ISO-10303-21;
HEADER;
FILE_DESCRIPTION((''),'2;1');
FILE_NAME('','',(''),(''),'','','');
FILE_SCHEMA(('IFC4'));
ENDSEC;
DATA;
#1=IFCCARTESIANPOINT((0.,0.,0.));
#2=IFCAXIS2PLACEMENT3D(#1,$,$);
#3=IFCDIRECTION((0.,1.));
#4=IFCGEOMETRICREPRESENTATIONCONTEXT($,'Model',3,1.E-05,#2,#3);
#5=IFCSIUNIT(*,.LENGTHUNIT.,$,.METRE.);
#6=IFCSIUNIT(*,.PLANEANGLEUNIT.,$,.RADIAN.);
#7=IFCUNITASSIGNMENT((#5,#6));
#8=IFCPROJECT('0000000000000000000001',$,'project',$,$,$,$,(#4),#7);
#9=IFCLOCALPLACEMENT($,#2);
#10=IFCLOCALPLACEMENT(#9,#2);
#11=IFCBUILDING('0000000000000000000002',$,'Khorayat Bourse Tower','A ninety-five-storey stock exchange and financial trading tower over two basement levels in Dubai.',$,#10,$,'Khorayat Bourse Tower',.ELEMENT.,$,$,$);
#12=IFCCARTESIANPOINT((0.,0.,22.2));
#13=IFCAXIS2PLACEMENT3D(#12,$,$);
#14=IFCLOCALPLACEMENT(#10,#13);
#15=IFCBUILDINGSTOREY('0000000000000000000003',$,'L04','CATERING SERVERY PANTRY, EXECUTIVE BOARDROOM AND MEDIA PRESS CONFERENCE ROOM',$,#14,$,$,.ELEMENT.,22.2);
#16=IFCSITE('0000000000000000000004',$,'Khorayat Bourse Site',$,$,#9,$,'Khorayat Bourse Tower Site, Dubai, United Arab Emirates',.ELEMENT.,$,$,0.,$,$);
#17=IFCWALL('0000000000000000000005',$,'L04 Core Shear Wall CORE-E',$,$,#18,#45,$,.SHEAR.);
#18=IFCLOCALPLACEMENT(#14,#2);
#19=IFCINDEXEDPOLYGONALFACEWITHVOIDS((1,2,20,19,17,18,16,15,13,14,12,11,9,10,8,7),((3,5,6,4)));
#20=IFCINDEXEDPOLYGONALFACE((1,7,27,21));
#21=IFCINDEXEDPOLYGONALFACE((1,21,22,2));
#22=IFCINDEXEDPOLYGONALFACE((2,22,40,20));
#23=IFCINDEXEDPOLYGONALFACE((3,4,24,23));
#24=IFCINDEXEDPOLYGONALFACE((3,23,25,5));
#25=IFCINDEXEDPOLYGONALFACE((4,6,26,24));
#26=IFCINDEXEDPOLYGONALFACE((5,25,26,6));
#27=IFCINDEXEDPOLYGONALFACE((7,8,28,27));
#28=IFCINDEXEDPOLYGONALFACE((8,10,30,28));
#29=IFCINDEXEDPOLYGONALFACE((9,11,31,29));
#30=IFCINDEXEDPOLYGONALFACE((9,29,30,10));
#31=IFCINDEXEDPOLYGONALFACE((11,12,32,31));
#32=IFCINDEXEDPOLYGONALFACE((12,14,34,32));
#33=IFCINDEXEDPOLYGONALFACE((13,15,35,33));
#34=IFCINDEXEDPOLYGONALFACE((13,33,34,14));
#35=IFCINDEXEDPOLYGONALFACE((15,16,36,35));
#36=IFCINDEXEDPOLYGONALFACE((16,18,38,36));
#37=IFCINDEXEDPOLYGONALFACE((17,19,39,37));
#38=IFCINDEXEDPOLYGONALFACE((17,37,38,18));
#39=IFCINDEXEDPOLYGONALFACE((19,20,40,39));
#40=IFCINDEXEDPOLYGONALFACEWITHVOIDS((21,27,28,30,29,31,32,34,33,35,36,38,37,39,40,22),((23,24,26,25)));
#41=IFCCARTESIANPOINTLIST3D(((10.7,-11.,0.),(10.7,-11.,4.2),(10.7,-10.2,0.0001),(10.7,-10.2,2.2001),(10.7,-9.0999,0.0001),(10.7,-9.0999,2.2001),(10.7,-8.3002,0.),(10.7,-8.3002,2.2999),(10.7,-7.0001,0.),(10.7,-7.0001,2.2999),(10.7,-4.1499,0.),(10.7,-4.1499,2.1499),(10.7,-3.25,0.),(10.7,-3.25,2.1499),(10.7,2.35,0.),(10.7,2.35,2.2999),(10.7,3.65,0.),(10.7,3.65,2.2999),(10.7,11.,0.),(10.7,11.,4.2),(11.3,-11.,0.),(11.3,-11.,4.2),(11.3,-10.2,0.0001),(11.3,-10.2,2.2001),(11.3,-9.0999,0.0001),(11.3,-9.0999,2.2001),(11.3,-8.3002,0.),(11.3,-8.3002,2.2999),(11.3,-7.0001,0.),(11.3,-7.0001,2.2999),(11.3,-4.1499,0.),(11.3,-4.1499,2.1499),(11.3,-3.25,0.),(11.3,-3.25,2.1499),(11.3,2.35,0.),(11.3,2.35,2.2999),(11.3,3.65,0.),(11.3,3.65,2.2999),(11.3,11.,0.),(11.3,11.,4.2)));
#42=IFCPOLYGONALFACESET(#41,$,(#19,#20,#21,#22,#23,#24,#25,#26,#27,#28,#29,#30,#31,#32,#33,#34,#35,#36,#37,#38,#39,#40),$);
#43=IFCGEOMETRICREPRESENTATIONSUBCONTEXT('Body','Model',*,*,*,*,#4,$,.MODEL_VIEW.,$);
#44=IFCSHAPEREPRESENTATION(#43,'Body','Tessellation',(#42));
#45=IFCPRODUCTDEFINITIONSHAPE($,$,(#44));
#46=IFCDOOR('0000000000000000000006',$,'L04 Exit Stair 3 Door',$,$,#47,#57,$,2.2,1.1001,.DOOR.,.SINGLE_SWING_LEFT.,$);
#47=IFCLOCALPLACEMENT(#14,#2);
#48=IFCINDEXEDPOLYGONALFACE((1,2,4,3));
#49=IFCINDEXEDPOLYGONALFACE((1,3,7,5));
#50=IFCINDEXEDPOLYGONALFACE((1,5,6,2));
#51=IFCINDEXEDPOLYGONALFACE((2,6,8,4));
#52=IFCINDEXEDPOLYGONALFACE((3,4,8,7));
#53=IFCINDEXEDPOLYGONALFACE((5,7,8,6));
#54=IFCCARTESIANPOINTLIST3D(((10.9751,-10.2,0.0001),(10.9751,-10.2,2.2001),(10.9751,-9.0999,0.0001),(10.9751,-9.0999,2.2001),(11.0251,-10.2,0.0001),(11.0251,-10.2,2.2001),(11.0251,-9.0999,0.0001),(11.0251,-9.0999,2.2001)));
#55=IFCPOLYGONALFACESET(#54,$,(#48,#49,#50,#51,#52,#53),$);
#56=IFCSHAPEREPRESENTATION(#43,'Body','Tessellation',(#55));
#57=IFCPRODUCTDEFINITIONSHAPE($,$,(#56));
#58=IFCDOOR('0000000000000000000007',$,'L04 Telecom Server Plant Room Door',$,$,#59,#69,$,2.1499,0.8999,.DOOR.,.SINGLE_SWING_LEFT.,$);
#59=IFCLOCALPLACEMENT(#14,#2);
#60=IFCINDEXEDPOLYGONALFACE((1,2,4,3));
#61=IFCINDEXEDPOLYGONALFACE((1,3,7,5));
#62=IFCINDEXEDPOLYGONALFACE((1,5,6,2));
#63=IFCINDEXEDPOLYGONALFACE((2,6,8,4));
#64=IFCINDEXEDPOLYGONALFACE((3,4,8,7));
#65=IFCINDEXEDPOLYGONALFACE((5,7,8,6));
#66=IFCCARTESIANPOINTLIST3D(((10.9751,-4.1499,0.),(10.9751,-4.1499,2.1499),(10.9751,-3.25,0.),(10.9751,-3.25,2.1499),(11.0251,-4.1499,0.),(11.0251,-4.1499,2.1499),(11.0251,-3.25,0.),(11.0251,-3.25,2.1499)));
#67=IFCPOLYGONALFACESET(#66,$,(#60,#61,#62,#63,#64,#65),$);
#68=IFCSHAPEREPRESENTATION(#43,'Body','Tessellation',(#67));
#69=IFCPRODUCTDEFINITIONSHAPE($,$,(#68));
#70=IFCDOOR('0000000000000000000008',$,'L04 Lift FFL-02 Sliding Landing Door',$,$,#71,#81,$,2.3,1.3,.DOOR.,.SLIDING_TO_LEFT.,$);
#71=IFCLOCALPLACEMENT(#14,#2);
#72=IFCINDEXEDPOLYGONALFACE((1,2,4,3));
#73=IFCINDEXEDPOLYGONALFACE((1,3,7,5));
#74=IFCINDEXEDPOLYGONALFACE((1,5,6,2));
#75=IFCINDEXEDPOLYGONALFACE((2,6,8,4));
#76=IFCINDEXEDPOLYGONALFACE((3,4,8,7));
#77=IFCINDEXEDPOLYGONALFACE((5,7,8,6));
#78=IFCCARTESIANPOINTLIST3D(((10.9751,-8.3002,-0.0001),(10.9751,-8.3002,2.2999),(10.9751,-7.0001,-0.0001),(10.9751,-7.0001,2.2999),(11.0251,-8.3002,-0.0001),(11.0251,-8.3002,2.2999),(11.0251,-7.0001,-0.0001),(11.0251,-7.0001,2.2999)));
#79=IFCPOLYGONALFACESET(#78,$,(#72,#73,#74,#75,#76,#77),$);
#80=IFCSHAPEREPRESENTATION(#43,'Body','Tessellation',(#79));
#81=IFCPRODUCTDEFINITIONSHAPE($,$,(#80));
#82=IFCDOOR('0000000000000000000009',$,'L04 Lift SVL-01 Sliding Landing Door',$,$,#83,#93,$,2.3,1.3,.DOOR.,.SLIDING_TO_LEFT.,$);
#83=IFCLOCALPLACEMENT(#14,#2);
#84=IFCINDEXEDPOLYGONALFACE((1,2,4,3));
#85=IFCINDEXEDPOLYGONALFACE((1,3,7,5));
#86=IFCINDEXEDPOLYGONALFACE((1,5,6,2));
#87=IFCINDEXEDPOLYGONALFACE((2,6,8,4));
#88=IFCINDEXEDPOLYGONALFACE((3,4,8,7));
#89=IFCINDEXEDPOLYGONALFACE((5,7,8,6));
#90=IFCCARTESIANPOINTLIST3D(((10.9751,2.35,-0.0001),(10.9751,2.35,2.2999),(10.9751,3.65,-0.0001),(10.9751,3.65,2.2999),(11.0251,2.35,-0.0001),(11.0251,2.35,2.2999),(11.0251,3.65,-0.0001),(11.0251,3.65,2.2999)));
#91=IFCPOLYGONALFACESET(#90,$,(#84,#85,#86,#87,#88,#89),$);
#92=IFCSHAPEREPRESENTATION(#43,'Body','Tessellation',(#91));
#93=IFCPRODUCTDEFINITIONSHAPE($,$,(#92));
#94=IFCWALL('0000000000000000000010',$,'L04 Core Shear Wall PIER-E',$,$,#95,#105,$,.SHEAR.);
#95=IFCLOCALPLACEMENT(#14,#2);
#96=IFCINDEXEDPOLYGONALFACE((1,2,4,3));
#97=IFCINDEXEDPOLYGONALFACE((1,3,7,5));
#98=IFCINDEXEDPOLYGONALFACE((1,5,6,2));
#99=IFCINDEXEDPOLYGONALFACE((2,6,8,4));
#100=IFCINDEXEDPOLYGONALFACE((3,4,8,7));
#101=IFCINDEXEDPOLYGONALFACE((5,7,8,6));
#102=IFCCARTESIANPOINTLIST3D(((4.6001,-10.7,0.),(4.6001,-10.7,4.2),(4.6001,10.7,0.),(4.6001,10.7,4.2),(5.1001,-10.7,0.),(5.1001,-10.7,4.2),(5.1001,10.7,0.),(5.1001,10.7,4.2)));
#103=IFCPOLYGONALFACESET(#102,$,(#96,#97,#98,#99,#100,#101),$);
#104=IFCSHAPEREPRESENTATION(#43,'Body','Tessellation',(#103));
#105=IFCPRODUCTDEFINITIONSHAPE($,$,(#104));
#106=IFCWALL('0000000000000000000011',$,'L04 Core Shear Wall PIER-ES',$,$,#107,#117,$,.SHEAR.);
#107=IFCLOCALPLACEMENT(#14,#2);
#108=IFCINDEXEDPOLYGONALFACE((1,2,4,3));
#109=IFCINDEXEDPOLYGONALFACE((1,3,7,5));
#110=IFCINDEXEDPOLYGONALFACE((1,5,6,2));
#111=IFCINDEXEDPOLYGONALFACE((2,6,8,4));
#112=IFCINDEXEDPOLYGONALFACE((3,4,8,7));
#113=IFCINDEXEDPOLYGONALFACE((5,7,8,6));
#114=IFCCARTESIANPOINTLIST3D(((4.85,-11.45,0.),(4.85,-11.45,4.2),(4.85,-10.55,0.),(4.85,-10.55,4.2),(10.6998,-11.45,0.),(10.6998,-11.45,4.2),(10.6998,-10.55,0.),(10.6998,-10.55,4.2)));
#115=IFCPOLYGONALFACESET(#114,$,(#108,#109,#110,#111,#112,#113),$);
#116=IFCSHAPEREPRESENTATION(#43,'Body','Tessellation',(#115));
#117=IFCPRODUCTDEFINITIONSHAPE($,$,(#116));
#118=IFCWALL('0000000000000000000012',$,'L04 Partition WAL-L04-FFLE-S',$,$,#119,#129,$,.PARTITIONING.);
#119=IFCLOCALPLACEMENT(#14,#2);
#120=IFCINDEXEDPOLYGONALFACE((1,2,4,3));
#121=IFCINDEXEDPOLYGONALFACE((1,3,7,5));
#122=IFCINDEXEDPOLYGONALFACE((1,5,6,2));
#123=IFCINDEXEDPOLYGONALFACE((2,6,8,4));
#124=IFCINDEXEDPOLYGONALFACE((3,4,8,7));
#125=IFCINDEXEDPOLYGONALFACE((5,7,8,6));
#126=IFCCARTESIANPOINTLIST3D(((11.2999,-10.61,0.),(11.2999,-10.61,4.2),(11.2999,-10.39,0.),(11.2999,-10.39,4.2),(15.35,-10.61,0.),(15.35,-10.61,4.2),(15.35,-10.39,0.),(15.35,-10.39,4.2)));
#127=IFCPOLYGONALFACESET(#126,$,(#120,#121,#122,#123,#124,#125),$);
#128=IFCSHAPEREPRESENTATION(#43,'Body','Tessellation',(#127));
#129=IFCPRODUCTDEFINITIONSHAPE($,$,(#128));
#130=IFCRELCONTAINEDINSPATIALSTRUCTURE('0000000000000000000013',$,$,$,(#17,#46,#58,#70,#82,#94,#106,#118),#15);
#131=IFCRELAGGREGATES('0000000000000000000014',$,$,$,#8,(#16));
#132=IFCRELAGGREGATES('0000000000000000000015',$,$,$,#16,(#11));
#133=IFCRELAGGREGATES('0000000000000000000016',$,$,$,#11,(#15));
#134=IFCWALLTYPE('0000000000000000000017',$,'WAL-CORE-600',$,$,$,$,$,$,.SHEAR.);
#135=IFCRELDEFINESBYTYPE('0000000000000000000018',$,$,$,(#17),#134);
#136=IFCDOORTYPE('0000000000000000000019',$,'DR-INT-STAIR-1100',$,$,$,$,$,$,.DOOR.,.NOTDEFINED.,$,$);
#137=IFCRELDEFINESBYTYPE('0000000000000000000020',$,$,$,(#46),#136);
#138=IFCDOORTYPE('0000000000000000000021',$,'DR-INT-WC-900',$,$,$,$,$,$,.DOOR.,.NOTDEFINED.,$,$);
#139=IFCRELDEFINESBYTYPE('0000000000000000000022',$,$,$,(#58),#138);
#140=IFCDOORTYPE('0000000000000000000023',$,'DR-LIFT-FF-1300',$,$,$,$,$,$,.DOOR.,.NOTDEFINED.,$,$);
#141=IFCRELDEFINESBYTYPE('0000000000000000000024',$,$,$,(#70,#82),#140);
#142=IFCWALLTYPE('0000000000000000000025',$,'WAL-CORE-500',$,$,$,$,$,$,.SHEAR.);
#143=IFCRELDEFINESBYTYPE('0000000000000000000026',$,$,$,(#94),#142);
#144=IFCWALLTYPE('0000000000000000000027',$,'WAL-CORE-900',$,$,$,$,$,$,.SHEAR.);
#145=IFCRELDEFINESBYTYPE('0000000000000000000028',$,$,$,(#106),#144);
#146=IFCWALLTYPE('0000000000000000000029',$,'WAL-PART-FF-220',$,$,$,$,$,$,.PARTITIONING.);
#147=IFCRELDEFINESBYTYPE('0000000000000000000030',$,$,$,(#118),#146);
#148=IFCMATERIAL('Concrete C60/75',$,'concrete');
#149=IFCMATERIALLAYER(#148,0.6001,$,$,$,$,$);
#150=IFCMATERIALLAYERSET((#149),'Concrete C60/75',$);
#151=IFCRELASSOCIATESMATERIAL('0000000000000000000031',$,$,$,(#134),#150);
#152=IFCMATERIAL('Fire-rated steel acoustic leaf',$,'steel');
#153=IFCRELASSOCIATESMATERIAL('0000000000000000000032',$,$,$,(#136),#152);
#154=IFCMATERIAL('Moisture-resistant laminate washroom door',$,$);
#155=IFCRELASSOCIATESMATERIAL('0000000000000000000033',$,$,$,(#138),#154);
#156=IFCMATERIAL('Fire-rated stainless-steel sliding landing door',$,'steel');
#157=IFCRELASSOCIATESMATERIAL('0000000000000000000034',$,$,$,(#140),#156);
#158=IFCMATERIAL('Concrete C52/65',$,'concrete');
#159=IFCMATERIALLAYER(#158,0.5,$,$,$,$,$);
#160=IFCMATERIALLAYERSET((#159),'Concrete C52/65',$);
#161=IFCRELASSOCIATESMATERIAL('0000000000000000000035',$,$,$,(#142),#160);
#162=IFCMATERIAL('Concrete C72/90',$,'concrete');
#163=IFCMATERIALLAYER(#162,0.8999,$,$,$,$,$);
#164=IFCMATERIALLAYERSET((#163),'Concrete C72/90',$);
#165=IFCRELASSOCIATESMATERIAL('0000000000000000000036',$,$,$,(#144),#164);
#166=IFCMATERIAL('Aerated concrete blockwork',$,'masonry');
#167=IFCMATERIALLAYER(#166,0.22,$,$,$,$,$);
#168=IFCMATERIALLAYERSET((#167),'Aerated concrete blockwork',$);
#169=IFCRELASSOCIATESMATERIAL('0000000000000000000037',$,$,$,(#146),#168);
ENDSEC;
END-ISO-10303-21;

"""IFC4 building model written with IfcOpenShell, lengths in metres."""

from ifc_helpers import new_model, si_unit, direction, frame, frame_2d, origin, place, context, subcontext, project, spatial, rectangle, extrude, source, transform, mapped, material, layer, layer_set, type_object, element, fill, save


model = new_model("IFC4")

# Units and contexts
model_context = context("Model", 3, precision=1e-05, world=origin(), true_north=direction((0.0, 1.0)))
body_context = subcontext(model_context, "Body", "Model", "MODEL_VIEW")
ifc_project = project(units=[si_unit("LENGTHUNIT", "METRE"), si_unit("PLANEANGLEUNIT", "RADIAN")], contexts=[model_context])

# Site, building, storey
site_placement = place(None, origin())
site = spatial("IfcSite", under=ifc_project, at=site_placement, Name="Khorayat Bourse Site", LongName="Khorayat Bourse Tower Site, Dubai, United Arab Emirates", CompositionType="ELEMENT", RefElevation=0.0)
building_placement = place(site_placement, origin())
building = spatial("IfcBuilding", under=site, at=building_placement, Name="Khorayat Bourse Tower", Description="A ninety-five-storey stock exchange and financial trading tower over two basement levels in Dubai.", LongName="Khorayat Bourse Tower", CompositionType="ELEMENT")
storey_placement = place(building_placement, frame((0.0, 0.0, 22.2)))
storey = spatial("IfcBuildingStorey", under=building, at=storey_placement, Name="L04", Description="CATERING SERVERY PANTRY, EXECUTIVE BOARDROOM AND MEDIA PRESS CONFERENCE ROOM", CompositionType="ELEMENT", Elevation=22.2)

# Shared definitions
ifc_material_1 = material(Name="Concrete C72/90", Category="concrete")

# Wall, openings, doors
ifc_material_2 = material(Name="Concrete C60/75", Category="concrete")
ifc_layer_1 = layer(ifc_material_2, 0.6001)
ifc_layer_set_1 = layer_set([ifc_layer_1], Name="Concrete C60/75")
wall_type_1 = type_object("IfcWallType", Name="WAL-CORE-600", PredefinedType="SHEAR", material=ifc_layer_set_1)
shared_shape_1 = source(origin(), body_context, "Body", "SweptSolid", [
    extrude(rectangle(XDim=22.0, YDim=0.6001, at=frame_2d((11.0, 0.0))), origin(), (0.0, 0.0, 1.0), 4.2),
])
wall_1_placement = place(storey_placement, frame((11.0, -11.0, 0.0), z_axis=(0.0, 0.0, 1.0), x_axis=(0.0, 1.0, 0.0)))
wall_1 = element("IfcWall", 1, at=wall_1_placement, inside=storey, type_object=wall_type_1, Name="L04 Core Shear Wall CORE-E", PredefinedType="SHEAR", context=body_context, shape_type="MappedRepresentation", body=[
    mapped(shared_shape_1, transform((0.0, 0.0, 0.0), scale=1.0)),
])
shared_shape_2 = source(origin(), body_context, "Body", "SweptSolid", [
    extrude(rectangle(XDim=1.1001, YDim=2.2, at=frame_2d((0.55, 1.1001))), frame((0.0, 0.3101, 0.0), z_axis=(0.0, -1.0, 0.0), x_axis=(1.0, 0.0, 0.0)), (0.0, 0.0, 1.0), 0.6201),
])
opening_1_placement = place(wall_1_placement, frame((0.8, 0.0, 0.0)))
opening_1 = element("IfcOpeningElement", 2, at=opening_1_placement, cuts=wall_1, PredefinedType="OPENING", context=body_context, shape_type="MappedRepresentation", body=[
    mapped(shared_shape_2, transform((0.0, 0.0, 0.0), scale=1.0)),
])
shared_shape_3 = source(origin(), body_context, "Body", "SweptSolid", [
    extrude(rectangle(XDim=0.8999, YDim=2.1499, at=frame_2d((0.45, 1.075))), frame((0.0, 0.3101, 0.0), z_axis=(0.0, -1.0, 0.0), x_axis=(1.0, 0.0, 0.0)), (0.0, 0.0, 1.0), 0.6201),
])
opening_2_placement = place(wall_1_placement, frame((6.8501, 0.0, 0.0)))
opening_2 = element("IfcOpeningElement", 3, at=opening_2_placement, cuts=wall_1, PredefinedType="OPENING", context=body_context, shape_type="MappedRepresentation", body=[
    mapped(shared_shape_3, transform((0.0, 0.0, 0.0), scale=1.0)),
])
shared_shape_4 = source(origin(), body_context, "Body", "SweptSolid", [
    extrude(rectangle(XDim=1.3, YDim=2.3, at=frame_2d((0.6499, 1.1499))), frame((0.0, 0.3101, 0.0), z_axis=(0.0, -1.0, 0.0), x_axis=(1.0, 0.0, 0.0)), (0.0, 0.0, 1.0), 0.6201),
])
opening_3_placement = place(wall_1_placement, frame((2.7, 0.0, 0.0)))
opening_3 = element("IfcOpeningElement", 4, at=opening_3_placement, cuts=wall_1, PredefinedType="OPENING", context=body_context, shape_type="MappedRepresentation", body=[
    mapped(shared_shape_4, transform((0.0, 0.0, 0.0), scale=1.0)),
])
opening_4_placement = place(wall_1_placement, frame((13.3501, 0.0, 0.0)))
opening_4 = element("IfcOpeningElement", 5, at=opening_4_placement, cuts=wall_1, PredefinedType="OPENING", context=body_context, shape_type="MappedRepresentation", body=[
    mapped(shared_shape_4, transform((0.0, 0.0, 0.0), scale=1.0)),
])
ifc_material_3 = material(Name="Fire-rated steel acoustic leaf", Category="steel")
door_type_1 = type_object("IfcDoorType", Name="DR-INT-STAIR-1100", OperationType="NOTDEFINED", PredefinedType="DOOR", material=ifc_material_3)
shared_shape_5 = source(origin(), body_context, "Body", "SweptSolid", [
    extrude(rectangle(XDim=1.1001, YDim=2.2, at=frame_2d((0.55, 1.1001))), frame((0.0, 0.0249, 0.0), z_axis=(0.0, -1.0, 0.0), x_axis=(1.0, 0.0, 0.0)), (0.0, 0.0, 1.0), 0.05),
])
door_1_placement = place(opening_1_placement, origin())
door_1 = element("IfcDoor", 6, at=door_1_placement, inside=storey, type_object=door_type_1, Name="L04 Exit Stair 3 Door", OperationType="SINGLE_SWING_LEFT", OverallHeight=2.2, OverallWidth=1.1001, PredefinedType="DOOR", context=body_context, shape_type="MappedRepresentation", body=[
    mapped(shared_shape_5, transform((0.0, 0.0, 0.0), scale=1.0)),
])
fill(opening_1, door_1)
ifc_material_4 = material(Name="Moisture-resistant laminate washroom door")
door_type_2 = type_object("IfcDoorType", Name="DR-INT-WC-900", OperationType="NOTDEFINED", PredefinedType="DOOR", material=ifc_material_4)
shared_shape_6 = source(origin(), body_context, "Body", "SweptSolid", [
    extrude(rectangle(XDim=0.8999, YDim=2.1499, at=frame_2d((0.45, 1.075))), frame((0.0, 0.0249, 0.0), z_axis=(0.0, -1.0, 0.0), x_axis=(1.0, 0.0, 0.0)), (0.0, 0.0, 1.0), 0.05),
])
door_2_placement = place(opening_2_placement, origin())
door_2 = element("IfcDoor", 7, at=door_2_placement, inside=storey, type_object=door_type_2, Name="L04 Telecom Server Plant Room Door", OperationType="SINGLE_SWING_LEFT", OverallHeight=2.1499, OverallWidth=0.8999, PredefinedType="DOOR", context=body_context, shape_type="MappedRepresentation", body=[
    mapped(shared_shape_6, transform((0.0, 0.0, 0.0), scale=1.0)),
])
fill(opening_2, door_2)
ifc_material_5 = material(Name="Fire-rated stainless-steel sliding landing door", Category="steel")
door_type_3 = type_object("IfcDoorType", Name="DR-LIFT-FF-1300", OperationType="NOTDEFINED", PredefinedType="DOOR", material=ifc_material_5)
shared_shape_7 = source(origin(), body_context, "Body", "SweptSolid", [
    extrude(rectangle(XDim=1.3, YDim=2.3, at=frame_2d((0.6499, 1.1499))), frame((0.0, 0.0249, 0.0), z_axis=(0.0, -1.0, 0.0), x_axis=(1.0, 0.0, 0.0)), (0.0, 0.0, 1.0), 0.05),
])
door_3_placement = place(opening_3_placement, origin())
door_3 = element("IfcDoor", 8, at=door_3_placement, inside=storey, type_object=door_type_3, Name="L04 Lift FFL-02 Sliding Landing Door", OperationType="SLIDING_TO_LEFT", OverallHeight=2.3, OverallWidth=1.3, PredefinedType="DOOR", context=body_context, shape_type="MappedRepresentation", body=[
    mapped(shared_shape_7, transform((0.0, 0.0, 0.0), scale=1.0)),
])
fill(opening_3, door_3)
door_4_placement = place(opening_4_placement, origin())
door_4 = element("IfcDoor", 9, at=door_4_placement, inside=storey, type_object=door_type_3, Name="L04 Lift SVL-01 Sliding Landing Door", OperationType="SLIDING_TO_LEFT", OverallHeight=2.3, OverallWidth=1.3, PredefinedType="DOOR", context=body_context, shape_type="MappedRepresentation", body=[
    mapped(shared_shape_7, transform((0.0, 0.0, 0.0), scale=1.0)),
])
fill(opening_4, door_4)

# Walls
ifc_material_6 = material(Name="Concrete C52/65", Category="concrete")
ifc_layer_2 = layer(ifc_material_6, 0.5)
ifc_layer_set_2 = layer_set([ifc_layer_2], Name="Concrete C52/65")
wall_type_2 = type_object("IfcWallType", Name="WAL-CORE-500", PredefinedType="SHEAR", material=ifc_layer_set_2)
shared_shape_8 = source(origin(), body_context, "Body", "SweptSolid", [
    extrude(rectangle(XDim=21.3999, YDim=0.5, at=frame_2d((10.7, 0.0))), origin(), (0.0, 0.0, 1.0), 4.2),
])
wall_2_placement = place(storey_placement, frame((4.8501, -10.7, 0.0), z_axis=(0.0, 0.0, 1.0), x_axis=(0.0, 1.0, 0.0)))
element("IfcWall", 10, at=wall_2_placement, inside=storey, type_object=wall_type_2, Name="L04 Core Shear Wall PIER-E", PredefinedType="SHEAR", context=body_context, shape_type="MappedRepresentation", body=[
    mapped(shared_shape_8, transform((0.0, 0.0, 0.0), scale=1.0)),
])
ifc_layer_3 = layer(ifc_material_1, 0.8999)
ifc_layer_set_3 = layer_set([ifc_layer_3], Name="Concrete C72/90")
wall_type_3 = type_object("IfcWallType", Name="WAL-CORE-900", PredefinedType="SHEAR", material=ifc_layer_set_3)
shared_shape_9 = source(origin(), body_context, "Body", "SweptSolid", [
    extrude(rectangle(XDim=5.8499, YDim=0.8999, at=frame_2d((2.9248, 0.0))), origin(), (0.0, 0.0, 1.0), 4.2),
])
wall_3_placement = place(storey_placement, frame((4.8501, -11.0, 0.0), z_axis=(0.0, 0.0, 1.0), x_axis=(1.0, 0.0, 0.0)))
element("IfcWall", 11, at=wall_3_placement, inside=storey, type_object=wall_type_3, Name="L04 Core Shear Wall PIER-ES", PredefinedType="SHEAR", context=body_context, shape_type="MappedRepresentation", body=[
    mapped(shared_shape_9, transform((0.0, 0.0, 0.0), scale=1.0)),
])
ifc_material_7 = material(Name="Aerated concrete blockwork", Category="masonry")
ifc_layer_4 = layer(ifc_material_7, 0.22)
ifc_layer_set_4 = layer_set([ifc_layer_4], Name="Aerated concrete blockwork")
wall_type_4 = type_object("IfcWallType", Name="WAL-PART-FF-220", PredefinedType="PARTITIONING", material=ifc_layer_set_4)
shared_shape_10 = source(origin(), body_context, "Body", "SweptSolid", [
    extrude(rectangle(XDim=4.05, YDim=0.22, at=frame_2d((2.0249, 0.0))), origin(), (0.0, 0.0, 1.0), 4.2),
])
wall_4_placement = place(storey_placement, frame((11.3, -10.5, 0.0), z_axis=(0.0, 0.0, 1.0), x_axis=(1.0, 0.0, 0.0)))
element("IfcWall", 12, at=wall_4_placement, inside=storey, type_object=wall_type_4, Name="L04 Partition WAL-L04-FFLE-S", PredefinedType="PARTITIONING", context=body_context, shape_type="MappedRepresentation", body=[
    mapped(shared_shape_10, transform((0.0, 0.0, 0.0), scale=1.0)),
])

save(model, "model.ifc")
